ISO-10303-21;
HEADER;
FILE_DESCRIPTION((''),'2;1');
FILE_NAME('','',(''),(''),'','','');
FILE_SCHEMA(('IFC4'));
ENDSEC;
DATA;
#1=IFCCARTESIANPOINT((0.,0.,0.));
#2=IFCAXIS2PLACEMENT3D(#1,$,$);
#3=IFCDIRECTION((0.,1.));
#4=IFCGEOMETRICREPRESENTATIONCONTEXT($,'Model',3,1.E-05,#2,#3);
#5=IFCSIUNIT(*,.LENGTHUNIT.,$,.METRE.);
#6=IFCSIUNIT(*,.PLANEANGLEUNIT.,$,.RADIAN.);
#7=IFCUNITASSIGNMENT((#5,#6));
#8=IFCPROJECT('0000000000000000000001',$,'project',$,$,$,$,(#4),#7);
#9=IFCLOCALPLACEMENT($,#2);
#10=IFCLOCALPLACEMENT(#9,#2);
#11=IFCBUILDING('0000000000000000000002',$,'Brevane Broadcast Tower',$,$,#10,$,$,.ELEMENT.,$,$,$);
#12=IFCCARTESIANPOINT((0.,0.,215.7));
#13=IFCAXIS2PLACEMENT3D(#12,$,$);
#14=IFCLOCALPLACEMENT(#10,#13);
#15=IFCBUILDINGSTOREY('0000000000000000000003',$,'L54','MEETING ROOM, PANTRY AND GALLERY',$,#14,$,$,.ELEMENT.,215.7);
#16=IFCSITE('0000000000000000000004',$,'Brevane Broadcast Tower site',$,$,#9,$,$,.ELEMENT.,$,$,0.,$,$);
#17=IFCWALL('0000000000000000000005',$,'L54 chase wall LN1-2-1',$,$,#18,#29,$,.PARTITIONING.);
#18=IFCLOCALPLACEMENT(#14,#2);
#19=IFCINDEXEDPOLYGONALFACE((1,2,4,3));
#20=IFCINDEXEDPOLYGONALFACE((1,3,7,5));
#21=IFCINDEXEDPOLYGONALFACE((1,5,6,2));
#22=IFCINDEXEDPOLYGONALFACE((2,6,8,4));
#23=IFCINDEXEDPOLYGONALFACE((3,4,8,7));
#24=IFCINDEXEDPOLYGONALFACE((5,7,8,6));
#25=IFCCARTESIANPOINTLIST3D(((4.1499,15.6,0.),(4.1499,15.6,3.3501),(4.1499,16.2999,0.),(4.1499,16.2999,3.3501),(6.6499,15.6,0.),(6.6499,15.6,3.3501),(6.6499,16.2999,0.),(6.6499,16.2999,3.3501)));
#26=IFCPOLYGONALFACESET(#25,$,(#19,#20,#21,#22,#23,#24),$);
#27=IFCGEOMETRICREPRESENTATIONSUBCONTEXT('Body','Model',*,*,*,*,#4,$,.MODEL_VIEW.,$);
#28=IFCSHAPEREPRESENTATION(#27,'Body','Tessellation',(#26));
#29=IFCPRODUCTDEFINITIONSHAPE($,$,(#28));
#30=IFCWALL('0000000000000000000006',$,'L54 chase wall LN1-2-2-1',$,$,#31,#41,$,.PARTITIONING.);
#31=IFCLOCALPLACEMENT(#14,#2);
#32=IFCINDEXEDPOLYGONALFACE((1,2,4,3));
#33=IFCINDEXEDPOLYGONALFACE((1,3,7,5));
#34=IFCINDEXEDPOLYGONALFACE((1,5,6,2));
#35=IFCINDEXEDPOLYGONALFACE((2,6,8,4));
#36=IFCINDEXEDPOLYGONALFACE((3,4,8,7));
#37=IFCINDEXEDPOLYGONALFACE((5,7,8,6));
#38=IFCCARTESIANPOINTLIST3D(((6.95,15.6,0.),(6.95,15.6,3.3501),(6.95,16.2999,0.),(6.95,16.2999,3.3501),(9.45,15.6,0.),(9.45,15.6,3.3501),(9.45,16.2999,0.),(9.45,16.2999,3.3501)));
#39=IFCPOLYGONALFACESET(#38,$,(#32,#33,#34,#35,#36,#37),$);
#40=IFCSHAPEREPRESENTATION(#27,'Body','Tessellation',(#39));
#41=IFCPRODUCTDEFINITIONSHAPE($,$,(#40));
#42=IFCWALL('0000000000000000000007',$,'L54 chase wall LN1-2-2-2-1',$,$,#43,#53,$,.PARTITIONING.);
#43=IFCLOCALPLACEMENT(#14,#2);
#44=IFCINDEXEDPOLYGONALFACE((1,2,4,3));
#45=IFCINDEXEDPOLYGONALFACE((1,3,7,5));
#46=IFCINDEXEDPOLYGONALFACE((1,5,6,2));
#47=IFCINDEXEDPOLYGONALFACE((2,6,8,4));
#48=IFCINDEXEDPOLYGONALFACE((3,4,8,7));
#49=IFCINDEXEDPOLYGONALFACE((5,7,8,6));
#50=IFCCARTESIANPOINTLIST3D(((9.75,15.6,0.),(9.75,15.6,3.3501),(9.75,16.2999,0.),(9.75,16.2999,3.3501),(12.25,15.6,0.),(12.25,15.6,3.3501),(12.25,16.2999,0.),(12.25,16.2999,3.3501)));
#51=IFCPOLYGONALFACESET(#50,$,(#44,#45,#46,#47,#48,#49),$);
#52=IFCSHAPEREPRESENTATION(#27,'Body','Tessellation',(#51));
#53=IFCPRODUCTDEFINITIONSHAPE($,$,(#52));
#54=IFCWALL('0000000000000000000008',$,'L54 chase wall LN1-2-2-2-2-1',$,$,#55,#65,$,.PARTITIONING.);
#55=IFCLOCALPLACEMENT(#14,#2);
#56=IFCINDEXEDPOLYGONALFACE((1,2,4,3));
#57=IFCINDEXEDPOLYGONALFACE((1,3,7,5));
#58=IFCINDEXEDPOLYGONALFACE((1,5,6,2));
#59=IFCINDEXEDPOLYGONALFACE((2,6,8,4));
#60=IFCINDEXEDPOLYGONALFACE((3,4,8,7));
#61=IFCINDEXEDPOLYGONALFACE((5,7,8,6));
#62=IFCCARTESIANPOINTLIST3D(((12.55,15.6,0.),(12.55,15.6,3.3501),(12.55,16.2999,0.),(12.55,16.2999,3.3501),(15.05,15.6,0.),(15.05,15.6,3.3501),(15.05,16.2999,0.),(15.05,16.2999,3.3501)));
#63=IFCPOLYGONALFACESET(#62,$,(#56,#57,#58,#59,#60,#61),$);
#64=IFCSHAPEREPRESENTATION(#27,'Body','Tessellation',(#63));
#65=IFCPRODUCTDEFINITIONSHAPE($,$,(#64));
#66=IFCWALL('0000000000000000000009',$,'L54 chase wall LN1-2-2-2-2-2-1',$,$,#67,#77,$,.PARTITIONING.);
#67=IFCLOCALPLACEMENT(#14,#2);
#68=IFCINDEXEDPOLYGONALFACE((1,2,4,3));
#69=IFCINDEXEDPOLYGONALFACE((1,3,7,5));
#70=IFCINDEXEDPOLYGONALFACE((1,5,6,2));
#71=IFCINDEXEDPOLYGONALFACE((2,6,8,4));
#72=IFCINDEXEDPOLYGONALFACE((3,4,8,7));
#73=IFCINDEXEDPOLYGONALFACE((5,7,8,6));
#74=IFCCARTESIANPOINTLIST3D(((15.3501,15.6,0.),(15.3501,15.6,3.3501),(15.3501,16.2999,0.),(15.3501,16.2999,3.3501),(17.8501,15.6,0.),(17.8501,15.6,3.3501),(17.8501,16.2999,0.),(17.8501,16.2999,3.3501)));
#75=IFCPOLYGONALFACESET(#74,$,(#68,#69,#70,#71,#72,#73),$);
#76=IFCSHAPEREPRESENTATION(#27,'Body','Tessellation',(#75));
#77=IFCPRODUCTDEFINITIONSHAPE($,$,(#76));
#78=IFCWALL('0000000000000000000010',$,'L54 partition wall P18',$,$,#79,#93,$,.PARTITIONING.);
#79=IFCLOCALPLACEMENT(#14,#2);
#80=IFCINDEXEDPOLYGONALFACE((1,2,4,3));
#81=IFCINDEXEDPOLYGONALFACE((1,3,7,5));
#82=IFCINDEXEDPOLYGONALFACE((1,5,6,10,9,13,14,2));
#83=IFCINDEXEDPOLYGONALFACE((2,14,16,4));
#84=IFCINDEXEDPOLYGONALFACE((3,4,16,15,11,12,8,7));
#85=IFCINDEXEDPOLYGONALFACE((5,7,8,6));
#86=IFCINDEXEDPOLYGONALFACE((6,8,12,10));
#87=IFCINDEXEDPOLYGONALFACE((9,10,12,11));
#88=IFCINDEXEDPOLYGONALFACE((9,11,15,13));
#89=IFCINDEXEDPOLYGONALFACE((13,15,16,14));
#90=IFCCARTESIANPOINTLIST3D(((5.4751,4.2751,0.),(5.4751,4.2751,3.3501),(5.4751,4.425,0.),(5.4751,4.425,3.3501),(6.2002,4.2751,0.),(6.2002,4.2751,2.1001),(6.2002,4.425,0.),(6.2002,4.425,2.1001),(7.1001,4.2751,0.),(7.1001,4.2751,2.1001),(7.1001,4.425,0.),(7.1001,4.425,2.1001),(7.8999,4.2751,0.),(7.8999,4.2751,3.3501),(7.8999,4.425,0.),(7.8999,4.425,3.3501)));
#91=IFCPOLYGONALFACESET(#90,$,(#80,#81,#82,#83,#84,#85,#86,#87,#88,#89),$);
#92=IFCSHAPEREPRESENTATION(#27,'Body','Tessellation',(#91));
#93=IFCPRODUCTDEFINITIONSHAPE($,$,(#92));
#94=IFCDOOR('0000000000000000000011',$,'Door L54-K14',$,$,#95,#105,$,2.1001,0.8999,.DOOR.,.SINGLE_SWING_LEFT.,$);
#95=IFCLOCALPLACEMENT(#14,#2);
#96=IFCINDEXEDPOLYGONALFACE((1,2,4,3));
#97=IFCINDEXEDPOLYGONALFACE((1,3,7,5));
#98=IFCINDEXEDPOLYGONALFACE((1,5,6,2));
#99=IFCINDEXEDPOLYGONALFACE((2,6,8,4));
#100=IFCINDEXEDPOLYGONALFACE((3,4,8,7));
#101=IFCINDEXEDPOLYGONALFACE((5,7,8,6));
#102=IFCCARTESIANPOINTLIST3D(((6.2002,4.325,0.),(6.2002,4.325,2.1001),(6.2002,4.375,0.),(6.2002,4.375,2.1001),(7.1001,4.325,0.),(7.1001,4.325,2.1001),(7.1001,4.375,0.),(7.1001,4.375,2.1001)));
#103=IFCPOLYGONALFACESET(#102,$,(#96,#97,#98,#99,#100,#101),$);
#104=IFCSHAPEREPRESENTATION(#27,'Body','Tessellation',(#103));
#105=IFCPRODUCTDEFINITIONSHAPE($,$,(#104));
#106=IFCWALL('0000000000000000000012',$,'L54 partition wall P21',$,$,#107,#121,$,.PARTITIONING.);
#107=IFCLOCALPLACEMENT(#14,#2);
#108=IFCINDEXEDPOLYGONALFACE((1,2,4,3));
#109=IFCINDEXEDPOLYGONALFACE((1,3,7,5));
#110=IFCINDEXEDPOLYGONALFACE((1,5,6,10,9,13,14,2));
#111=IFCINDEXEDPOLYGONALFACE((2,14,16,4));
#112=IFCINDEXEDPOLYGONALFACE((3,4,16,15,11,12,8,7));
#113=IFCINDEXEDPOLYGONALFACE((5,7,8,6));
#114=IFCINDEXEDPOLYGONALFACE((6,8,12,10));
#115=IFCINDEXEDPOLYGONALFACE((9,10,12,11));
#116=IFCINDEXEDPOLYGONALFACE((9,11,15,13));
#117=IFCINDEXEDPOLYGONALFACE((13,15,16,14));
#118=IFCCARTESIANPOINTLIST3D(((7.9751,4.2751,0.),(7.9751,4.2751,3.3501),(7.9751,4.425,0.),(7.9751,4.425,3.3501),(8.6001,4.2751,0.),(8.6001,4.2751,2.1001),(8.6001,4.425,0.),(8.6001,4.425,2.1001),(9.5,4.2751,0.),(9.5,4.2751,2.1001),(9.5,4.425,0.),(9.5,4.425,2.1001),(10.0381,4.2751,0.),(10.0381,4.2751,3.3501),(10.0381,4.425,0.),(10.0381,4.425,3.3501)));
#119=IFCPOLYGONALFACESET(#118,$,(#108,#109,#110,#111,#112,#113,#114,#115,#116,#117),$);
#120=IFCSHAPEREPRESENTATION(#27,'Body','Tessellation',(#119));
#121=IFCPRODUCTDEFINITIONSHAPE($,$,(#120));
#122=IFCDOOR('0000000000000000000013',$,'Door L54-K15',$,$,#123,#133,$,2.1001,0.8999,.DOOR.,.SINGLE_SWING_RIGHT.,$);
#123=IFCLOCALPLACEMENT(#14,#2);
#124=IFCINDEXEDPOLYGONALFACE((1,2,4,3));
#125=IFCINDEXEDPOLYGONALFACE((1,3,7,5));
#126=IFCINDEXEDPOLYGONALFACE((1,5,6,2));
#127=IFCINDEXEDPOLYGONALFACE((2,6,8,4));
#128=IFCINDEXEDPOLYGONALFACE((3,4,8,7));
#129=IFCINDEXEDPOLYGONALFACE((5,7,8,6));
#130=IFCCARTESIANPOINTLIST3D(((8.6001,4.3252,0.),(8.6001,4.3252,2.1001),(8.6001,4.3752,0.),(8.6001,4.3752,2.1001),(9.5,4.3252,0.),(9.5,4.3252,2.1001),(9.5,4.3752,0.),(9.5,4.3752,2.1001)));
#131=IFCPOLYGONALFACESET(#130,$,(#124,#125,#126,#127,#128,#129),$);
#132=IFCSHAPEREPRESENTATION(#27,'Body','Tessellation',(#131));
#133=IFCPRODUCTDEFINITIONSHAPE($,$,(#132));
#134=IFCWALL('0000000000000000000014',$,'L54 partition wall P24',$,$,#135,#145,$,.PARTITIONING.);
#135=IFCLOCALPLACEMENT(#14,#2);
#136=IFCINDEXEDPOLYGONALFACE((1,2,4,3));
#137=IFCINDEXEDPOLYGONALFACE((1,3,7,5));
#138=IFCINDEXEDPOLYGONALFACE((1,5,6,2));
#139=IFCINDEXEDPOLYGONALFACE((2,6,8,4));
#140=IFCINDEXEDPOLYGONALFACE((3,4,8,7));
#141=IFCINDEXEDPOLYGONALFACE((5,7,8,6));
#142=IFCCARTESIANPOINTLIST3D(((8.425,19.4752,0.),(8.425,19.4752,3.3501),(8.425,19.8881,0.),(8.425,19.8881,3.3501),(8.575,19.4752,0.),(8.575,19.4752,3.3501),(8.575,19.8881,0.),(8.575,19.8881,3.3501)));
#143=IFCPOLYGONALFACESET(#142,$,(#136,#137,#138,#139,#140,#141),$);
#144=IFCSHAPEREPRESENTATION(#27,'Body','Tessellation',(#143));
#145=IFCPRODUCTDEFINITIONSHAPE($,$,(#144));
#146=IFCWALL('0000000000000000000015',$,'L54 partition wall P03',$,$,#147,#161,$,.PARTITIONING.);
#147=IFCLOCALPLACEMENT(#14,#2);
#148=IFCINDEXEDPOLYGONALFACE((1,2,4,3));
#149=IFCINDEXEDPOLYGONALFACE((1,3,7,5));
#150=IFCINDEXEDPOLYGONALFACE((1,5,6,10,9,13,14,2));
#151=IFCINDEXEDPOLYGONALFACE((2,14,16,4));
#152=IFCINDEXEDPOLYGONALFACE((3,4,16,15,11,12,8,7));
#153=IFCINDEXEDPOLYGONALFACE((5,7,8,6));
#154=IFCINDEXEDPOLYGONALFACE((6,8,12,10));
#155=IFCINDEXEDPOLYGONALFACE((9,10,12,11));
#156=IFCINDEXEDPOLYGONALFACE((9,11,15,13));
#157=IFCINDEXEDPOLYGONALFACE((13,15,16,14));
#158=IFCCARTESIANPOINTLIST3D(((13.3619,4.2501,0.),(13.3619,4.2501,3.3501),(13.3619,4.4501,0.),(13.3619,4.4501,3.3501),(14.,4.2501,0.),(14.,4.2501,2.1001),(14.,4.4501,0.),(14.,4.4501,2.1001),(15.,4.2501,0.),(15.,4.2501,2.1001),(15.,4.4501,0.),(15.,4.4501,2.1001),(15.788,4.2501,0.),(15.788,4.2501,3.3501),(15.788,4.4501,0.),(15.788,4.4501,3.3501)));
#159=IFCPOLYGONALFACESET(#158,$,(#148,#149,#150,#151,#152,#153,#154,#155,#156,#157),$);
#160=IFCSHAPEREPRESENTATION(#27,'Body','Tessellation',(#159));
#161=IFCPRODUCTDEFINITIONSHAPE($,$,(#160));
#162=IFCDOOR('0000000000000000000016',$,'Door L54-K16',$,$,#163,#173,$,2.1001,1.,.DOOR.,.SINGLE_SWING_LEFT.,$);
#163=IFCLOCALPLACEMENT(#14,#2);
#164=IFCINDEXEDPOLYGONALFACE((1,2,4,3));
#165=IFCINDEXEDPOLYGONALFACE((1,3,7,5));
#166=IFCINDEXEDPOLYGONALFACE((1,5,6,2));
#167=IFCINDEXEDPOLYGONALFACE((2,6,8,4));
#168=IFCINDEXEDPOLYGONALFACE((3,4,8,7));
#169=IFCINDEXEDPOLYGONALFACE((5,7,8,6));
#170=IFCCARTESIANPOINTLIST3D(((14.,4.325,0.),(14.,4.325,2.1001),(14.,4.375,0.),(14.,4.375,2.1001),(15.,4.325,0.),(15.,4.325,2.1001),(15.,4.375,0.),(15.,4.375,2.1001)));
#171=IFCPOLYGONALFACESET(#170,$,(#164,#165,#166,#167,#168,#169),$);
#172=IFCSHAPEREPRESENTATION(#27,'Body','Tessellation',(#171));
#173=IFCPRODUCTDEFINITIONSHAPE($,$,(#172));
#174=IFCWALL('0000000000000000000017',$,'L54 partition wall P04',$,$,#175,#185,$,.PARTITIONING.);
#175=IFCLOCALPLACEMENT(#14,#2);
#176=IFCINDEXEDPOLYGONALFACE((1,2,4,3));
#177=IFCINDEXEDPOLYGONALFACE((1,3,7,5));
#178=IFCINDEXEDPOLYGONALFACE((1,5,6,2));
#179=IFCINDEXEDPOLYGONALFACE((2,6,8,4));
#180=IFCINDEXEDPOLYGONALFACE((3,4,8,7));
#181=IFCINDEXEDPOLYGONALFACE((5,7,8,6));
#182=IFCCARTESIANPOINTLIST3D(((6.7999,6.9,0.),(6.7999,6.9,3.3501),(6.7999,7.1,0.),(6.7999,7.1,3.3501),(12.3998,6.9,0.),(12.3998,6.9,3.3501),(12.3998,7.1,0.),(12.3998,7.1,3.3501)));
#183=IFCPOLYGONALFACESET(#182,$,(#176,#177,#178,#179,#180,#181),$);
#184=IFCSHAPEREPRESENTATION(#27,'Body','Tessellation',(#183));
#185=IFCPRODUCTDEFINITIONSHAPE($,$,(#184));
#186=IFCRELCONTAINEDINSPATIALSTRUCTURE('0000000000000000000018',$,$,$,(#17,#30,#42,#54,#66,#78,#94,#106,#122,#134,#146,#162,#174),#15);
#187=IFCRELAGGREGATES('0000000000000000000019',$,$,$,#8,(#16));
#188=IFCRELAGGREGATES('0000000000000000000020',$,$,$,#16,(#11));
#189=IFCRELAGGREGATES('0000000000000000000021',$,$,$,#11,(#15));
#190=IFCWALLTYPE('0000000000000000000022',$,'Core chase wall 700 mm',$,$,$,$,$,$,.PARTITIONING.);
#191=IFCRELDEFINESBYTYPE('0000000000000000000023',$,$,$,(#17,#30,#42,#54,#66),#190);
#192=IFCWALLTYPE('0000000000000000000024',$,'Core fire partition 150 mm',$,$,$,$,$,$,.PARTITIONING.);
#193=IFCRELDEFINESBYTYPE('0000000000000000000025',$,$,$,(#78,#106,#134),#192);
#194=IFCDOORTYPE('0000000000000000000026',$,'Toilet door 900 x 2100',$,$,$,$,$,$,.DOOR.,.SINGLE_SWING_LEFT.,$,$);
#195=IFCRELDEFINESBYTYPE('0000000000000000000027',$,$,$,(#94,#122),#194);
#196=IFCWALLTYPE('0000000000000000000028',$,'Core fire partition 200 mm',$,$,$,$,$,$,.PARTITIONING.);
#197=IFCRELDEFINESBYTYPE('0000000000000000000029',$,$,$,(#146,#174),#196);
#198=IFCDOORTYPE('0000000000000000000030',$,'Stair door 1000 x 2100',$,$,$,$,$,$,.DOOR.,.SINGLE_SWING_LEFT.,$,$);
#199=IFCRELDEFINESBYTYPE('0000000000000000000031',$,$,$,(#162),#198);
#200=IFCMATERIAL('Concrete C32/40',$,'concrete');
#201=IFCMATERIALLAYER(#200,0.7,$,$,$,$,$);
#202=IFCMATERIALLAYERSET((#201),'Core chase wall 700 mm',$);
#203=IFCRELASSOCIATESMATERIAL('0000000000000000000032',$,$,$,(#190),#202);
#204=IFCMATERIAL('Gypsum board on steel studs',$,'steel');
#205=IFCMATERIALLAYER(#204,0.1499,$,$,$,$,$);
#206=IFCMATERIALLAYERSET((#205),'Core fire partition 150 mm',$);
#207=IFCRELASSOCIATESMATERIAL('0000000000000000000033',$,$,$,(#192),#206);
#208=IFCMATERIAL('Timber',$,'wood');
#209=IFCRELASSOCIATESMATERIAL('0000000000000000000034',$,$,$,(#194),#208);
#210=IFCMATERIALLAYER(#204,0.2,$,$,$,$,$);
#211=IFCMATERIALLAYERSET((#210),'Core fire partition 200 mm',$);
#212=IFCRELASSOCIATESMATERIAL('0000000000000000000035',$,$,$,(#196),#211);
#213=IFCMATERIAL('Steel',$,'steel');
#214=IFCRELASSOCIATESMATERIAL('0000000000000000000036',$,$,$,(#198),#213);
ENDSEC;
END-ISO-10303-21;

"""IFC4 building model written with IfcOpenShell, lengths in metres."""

from ifc_helpers import new_model, si_unit, direction, frame, frame_2d, origin, place, context, subcontext, project, spatial, rectangle, extrude, material, layer, layer_set, type_object, element, fill, save


model = new_model("IFC4")

# Units and contexts
model_context = context("Model", 3, precision=1e-05, world=origin(), true_north=direction((0.0, 1.0)))
body_context = subcontext(model_context, "Body", "Model", "MODEL_VIEW")
ifc_project = project(units=[si_unit("LENGTHUNIT", "METRE"), si_unit("PLANEANGLEUNIT", "RADIAN")], contexts=[model_context])

# Site, building, storey
site_placement = place(None, origin())
site = spatial("IfcSite", under=ifc_project, at=site_placement, Name="Brevane Broadcast Tower site", CompositionType="ELEMENT", RefElevation=0.0)
building_placement = place(site_placement, origin())
building = spatial("IfcBuilding", under=site, at=building_placement, Name="Brevane Broadcast Tower", CompositionType="ELEMENT")
storey_placement = place(building_placement, frame((0.0, 0.0, 215.7)))
storey = spatial("IfcBuildingStorey", under=building, at=storey_placement, Name="L54", Description="MEETING ROOM, PANTRY AND GALLERY", CompositionType="ELEMENT", Elevation=215.7)

# Walls
ifc_material_1 = material(Name="Concrete C32/40", Category="concrete")
ifc_layer_1 = layer(ifc_material_1, 0.7)
ifc_layer_set_1 = layer_set([ifc_layer_1], Name="Core chase wall 700 mm")
wall_type_1 = type_object("IfcWallType", Name="Core chase wall 700 mm", PredefinedType="PARTITIONING", material=ifc_layer_set_1)
for number, where, z_axis, x_axis, name in (
    (1, (4.1499, 15.95, 0.0), (0.0, 0.0, 1.0), (1.0, 0.0, 0.0), "L54 chase wall LN1-2-1"),
    (2, (6.95, 15.95, 0.0), (0.0, 0.0, 1.0), (1.0, 0.0, 0.0), "L54 chase wall LN1-2-2-1"),
    (3, (9.75, 15.95, 0.0), (0.0, 0.0, 1.0), (1.0, 0.0, 0.0), "L54 chase wall LN1-2-2-2-1"),
    (4, (12.55, 15.95, 0.0), (0.0, 0.0, 1.0), (1.0, 0.0, 0.0), "L54 chase wall LN1-2-2-2-2-1"),
    (5, (15.3501, 15.95, 0.0), (0.0, 0.0, 1.0), (1.0, 0.0, 0.0), "L54 chase wall LN1-2-2-2-2-2-1"),
):
    element("IfcWall", number, at=place(storey_placement, frame(where, z_axis=z_axis, x_axis=x_axis)), inside=storey, type_object=wall_type_1, Name=name, PredefinedType="PARTITIONING", context=body_context, shape_type="SweptSolid", body=[
        extrude(rectangle(XDim=2.5, YDim=0.7, at=frame_2d((1.25, 0.0))), origin(), (0.0, 0.0, 1.0), 3.3501),
    ])

# Walls, openings, doors
ifc_material_2 = material(Name="Gypsum board on steel studs", Category="steel")
ifc_layer_2 = layer(ifc_material_2, 0.1499)
ifc_layer_set_2 = layer_set([ifc_layer_2], Name="Core fire partition 150 mm")
wall_type_2 = type_object("IfcWallType", Name="Core fire partition 150 mm", PredefinedType="PARTITIONING", material=ifc_layer_set_2)
wall_1_placement = place(storey_placement, frame((5.4751, 4.3501, 0.0), z_axis=(0.0, 0.0, 1.0), x_axis=(1.0, 0.0, 0.0)))
wall_1 = element("IfcWall", 6, at=wall_1_placement, inside=storey, type_object=wall_type_2, Name="L54 partition wall P18", PredefinedType="PARTITIONING", context=body_context, shape_type="SweptSolid", body=[
    extrude(rectangle(XDim=2.4248, YDim=0.1499, at=frame_2d((1.2124, 0.0))), origin(), (0.0, 0.0, 1.0), 3.3501),
])
opening_1_placement = place(wall_1_placement, frame((0.7251, 0.0, 0.0)))
opening_1 = element("IfcOpeningElement", 7, at=opening_1_placement, cuts=wall_1, PredefinedType="OPENING", context=body_context, shape_type="SweptSolid", body=[
    extrude(rectangle(XDim=0.8999, YDim=2.1001, at=frame_2d((0.45, 1.05))), frame((0.0, 0.085, 0.0), z_axis=(0.0, -1.0, 0.0), x_axis=(1.0, 0.0, 0.0)), (0.0, 0.0, 1.0), 0.1699),
])
ifc_material_3 = material(Name="Timber", Category="wood")
door_type_1 = type_object("IfcDoorType", Name="Toilet door 900 x 2100", OperationType="SINGLE_SWING_LEFT", PredefinedType="DOOR", material=ifc_material_3)
door_1_placement = place(opening_1_placement, origin())
door_1 = element("IfcDoor", 8, at=door_1_placement, inside=storey, type_object=door_type_1, Name="Door L54-K14", OperationType="SINGLE_SWING_LEFT", OverallHeight=2.1001, OverallWidth=0.8999, PredefinedType="DOOR", context=body_context, shape_type="SweptSolid", body=[
    extrude(rectangle(XDim=0.8999, YDim=2.1001, at=frame_2d((0.45, 1.05))), frame((0.0, 0.0249, 0.0), z_axis=(0.0, -1.0, 0.0), x_axis=(1.0, 0.0, 0.0)), (0.0, 0.0, 1.0), 0.05),
])
fill(opening_1, door_1)
wall_2_placement = place(storey_placement, frame((10.0381, 4.3501, 0.0), z_axis=(0.0, 0.0, 1.0), x_axis=(-1.0, 0.0, 0.0)))
wall_2 = element("IfcWall", 9, at=wall_2_placement, inside=storey, type_object=wall_type_2, Name="L54 partition wall P21", PredefinedType="PARTITIONING", context=body_context, shape_type="SweptSolid", body=[
    extrude(rectangle(XDim=2.063, YDim=0.1499, at=frame_2d((1.0315, 0.0))), origin(), (0.0, 0.0, 1.0), 3.3501),
])
opening_2_placement = place(wall_2_placement, frame((0.5381, 0.0, 0.0)))
opening_2 = element("IfcOpeningElement", 10, at=opening_2_placement, cuts=wall_2, PredefinedType="OPENING", context=body_context, shape_type="SweptSolid", body=[
    extrude(rectangle(XDim=0.8999, YDim=2.1001, at=frame_2d((0.45, 1.05))), frame((0.0, 0.085, 0.0), z_axis=(0.0, -1.0, 0.0), x_axis=(1.0, 0.0, 0.0)), (0.0, 0.0, 1.0), 0.1699),
])
door_2_placement = place(opening_2_placement, origin())
door_2 = element("IfcDoor", 11, at=door_2_placement, inside=storey, type_object=door_type_1, Name="Door L54-K15", OperationType="SINGLE_SWING_RIGHT", OverallHeight=2.1001, OverallWidth=0.8999, PredefinedType="DOOR", context=body_context, shape_type="SweptSolid", body=[
    extrude(rectangle(XDim=0.8999, YDim=2.1001, at=frame_2d((0.45, 1.05))), frame((0.0, 0.0249, 0.0), z_axis=(0.0, -1.0, 0.0), x_axis=(1.0, 0.0, 0.0)), (0.0, 0.0, 1.0), 0.05),
])
fill(opening_2, door_2)

# Wall
wall_3_placement = place(storey_placement, frame((8.5, 19.4751, 0.0), z_axis=(0.0, 0.0, 1.0), x_axis=(0.0, 1.0, 0.0)))
element("IfcWall", 12, at=wall_3_placement, inside=storey, type_object=wall_type_2, Name="L54 partition wall P24", PredefinedType="PARTITIONING", context=body_context, shape_type="SweptSolid", body=[
    extrude(rectangle(XDim=0.4128, YDim=0.1499, at=frame_2d((0.2065, 0.0))), origin(), (0.0, 0.0, 1.0), 3.3501),
])

# Wall, opening, door
ifc_layer_3 = layer(ifc_material_2, 0.2)
ifc_layer_set_3 = layer_set([ifc_layer_3], Name="Core fire partition 200 mm")
wall_type_3 = type_object("IfcWallType", Name="Core fire partition 200 mm", PredefinedType="PARTITIONING", material=ifc_layer_set_3)
wall_4_placement = place(storey_placement, frame((13.3621, 4.3501, 0.0), z_axis=(0.0, 0.0, 1.0), x_axis=(1.0, 0.0, 0.0)))
wall_4 = element("IfcWall", 13, at=wall_4_placement, inside=storey, type_object=wall_type_3, Name="L54 partition wall P03", PredefinedType="PARTITIONING", context=body_context, shape_type="SweptSolid", body=[
    extrude(rectangle(XDim=2.426, YDim=0.2, at=frame_2d((1.2129, 0.0))), origin(), (0.0, 0.0, 1.0), 3.3501),
])
opening_3_placement = place(wall_4_placement, frame((0.6379, 0.0, 0.0)))
opening_3 = element("IfcOpeningElement", 14, at=opening_3_placement, cuts=wall_4, PredefinedType="OPENING", context=body_context, shape_type="SweptSolid", body=[
    extrude(rectangle(XDim=1.0, YDim=2.1001, at=frame_2d((0.5, 1.05))), frame((0.0, 0.1099, 0.0), z_axis=(0.0, -1.0, 0.0), x_axis=(1.0, 0.0, 0.0)), (0.0, 0.0, 1.0), 0.22),
])
ifc_material_4 = material(Name="Steel", Category="steel")
door_type_2 = type_object("IfcDoorType", Name="Stair door 1000 x 2100", OperationType="SINGLE_SWING_LEFT", PredefinedType="DOOR", material=ifc_material_4)
door_3_placement = place(opening_3_placement, origin())
door_3 = element("IfcDoor", 15, at=door_3_placement, inside=storey, type_object=door_type_2, Name="Door L54-K16", OperationType="SINGLE_SWING_LEFT", OverallHeight=2.1001, OverallWidth=1.0, PredefinedType="DOOR", context=body_context, shape_type="SweptSolid", body=[
    extrude(rectangle(XDim=1.0, YDim=2.1001, at=frame_2d((0.5, 1.05))), frame((0.0, 0.0249, 0.0), z_axis=(0.0, -1.0, 0.0), x_axis=(1.0, 0.0, 0.0)), (0.0, 0.0, 1.0), 0.05),
])
fill(opening_3, door_3)

# Wall
wall_5_placement = place(storey_placement, frame((6.8, 7.0, 0.0), z_axis=(0.0, 0.0, 1.0), x_axis=(1.0, 0.0, 0.0)))
element("IfcWall", 16, at=wall_5_placement, inside=storey, type_object=wall_type_3, Name="L54 partition wall P04", PredefinedType="PARTITIONING", context=body_context, shape_type="SweptSolid", body=[
    extrude(rectangle(XDim=5.5999, YDim=0.2, at=frame_2d((2.7998, 0.0))), origin(), (0.0, 0.0, 1.0), 3.3501),
])

save(model, "model.ifc")
